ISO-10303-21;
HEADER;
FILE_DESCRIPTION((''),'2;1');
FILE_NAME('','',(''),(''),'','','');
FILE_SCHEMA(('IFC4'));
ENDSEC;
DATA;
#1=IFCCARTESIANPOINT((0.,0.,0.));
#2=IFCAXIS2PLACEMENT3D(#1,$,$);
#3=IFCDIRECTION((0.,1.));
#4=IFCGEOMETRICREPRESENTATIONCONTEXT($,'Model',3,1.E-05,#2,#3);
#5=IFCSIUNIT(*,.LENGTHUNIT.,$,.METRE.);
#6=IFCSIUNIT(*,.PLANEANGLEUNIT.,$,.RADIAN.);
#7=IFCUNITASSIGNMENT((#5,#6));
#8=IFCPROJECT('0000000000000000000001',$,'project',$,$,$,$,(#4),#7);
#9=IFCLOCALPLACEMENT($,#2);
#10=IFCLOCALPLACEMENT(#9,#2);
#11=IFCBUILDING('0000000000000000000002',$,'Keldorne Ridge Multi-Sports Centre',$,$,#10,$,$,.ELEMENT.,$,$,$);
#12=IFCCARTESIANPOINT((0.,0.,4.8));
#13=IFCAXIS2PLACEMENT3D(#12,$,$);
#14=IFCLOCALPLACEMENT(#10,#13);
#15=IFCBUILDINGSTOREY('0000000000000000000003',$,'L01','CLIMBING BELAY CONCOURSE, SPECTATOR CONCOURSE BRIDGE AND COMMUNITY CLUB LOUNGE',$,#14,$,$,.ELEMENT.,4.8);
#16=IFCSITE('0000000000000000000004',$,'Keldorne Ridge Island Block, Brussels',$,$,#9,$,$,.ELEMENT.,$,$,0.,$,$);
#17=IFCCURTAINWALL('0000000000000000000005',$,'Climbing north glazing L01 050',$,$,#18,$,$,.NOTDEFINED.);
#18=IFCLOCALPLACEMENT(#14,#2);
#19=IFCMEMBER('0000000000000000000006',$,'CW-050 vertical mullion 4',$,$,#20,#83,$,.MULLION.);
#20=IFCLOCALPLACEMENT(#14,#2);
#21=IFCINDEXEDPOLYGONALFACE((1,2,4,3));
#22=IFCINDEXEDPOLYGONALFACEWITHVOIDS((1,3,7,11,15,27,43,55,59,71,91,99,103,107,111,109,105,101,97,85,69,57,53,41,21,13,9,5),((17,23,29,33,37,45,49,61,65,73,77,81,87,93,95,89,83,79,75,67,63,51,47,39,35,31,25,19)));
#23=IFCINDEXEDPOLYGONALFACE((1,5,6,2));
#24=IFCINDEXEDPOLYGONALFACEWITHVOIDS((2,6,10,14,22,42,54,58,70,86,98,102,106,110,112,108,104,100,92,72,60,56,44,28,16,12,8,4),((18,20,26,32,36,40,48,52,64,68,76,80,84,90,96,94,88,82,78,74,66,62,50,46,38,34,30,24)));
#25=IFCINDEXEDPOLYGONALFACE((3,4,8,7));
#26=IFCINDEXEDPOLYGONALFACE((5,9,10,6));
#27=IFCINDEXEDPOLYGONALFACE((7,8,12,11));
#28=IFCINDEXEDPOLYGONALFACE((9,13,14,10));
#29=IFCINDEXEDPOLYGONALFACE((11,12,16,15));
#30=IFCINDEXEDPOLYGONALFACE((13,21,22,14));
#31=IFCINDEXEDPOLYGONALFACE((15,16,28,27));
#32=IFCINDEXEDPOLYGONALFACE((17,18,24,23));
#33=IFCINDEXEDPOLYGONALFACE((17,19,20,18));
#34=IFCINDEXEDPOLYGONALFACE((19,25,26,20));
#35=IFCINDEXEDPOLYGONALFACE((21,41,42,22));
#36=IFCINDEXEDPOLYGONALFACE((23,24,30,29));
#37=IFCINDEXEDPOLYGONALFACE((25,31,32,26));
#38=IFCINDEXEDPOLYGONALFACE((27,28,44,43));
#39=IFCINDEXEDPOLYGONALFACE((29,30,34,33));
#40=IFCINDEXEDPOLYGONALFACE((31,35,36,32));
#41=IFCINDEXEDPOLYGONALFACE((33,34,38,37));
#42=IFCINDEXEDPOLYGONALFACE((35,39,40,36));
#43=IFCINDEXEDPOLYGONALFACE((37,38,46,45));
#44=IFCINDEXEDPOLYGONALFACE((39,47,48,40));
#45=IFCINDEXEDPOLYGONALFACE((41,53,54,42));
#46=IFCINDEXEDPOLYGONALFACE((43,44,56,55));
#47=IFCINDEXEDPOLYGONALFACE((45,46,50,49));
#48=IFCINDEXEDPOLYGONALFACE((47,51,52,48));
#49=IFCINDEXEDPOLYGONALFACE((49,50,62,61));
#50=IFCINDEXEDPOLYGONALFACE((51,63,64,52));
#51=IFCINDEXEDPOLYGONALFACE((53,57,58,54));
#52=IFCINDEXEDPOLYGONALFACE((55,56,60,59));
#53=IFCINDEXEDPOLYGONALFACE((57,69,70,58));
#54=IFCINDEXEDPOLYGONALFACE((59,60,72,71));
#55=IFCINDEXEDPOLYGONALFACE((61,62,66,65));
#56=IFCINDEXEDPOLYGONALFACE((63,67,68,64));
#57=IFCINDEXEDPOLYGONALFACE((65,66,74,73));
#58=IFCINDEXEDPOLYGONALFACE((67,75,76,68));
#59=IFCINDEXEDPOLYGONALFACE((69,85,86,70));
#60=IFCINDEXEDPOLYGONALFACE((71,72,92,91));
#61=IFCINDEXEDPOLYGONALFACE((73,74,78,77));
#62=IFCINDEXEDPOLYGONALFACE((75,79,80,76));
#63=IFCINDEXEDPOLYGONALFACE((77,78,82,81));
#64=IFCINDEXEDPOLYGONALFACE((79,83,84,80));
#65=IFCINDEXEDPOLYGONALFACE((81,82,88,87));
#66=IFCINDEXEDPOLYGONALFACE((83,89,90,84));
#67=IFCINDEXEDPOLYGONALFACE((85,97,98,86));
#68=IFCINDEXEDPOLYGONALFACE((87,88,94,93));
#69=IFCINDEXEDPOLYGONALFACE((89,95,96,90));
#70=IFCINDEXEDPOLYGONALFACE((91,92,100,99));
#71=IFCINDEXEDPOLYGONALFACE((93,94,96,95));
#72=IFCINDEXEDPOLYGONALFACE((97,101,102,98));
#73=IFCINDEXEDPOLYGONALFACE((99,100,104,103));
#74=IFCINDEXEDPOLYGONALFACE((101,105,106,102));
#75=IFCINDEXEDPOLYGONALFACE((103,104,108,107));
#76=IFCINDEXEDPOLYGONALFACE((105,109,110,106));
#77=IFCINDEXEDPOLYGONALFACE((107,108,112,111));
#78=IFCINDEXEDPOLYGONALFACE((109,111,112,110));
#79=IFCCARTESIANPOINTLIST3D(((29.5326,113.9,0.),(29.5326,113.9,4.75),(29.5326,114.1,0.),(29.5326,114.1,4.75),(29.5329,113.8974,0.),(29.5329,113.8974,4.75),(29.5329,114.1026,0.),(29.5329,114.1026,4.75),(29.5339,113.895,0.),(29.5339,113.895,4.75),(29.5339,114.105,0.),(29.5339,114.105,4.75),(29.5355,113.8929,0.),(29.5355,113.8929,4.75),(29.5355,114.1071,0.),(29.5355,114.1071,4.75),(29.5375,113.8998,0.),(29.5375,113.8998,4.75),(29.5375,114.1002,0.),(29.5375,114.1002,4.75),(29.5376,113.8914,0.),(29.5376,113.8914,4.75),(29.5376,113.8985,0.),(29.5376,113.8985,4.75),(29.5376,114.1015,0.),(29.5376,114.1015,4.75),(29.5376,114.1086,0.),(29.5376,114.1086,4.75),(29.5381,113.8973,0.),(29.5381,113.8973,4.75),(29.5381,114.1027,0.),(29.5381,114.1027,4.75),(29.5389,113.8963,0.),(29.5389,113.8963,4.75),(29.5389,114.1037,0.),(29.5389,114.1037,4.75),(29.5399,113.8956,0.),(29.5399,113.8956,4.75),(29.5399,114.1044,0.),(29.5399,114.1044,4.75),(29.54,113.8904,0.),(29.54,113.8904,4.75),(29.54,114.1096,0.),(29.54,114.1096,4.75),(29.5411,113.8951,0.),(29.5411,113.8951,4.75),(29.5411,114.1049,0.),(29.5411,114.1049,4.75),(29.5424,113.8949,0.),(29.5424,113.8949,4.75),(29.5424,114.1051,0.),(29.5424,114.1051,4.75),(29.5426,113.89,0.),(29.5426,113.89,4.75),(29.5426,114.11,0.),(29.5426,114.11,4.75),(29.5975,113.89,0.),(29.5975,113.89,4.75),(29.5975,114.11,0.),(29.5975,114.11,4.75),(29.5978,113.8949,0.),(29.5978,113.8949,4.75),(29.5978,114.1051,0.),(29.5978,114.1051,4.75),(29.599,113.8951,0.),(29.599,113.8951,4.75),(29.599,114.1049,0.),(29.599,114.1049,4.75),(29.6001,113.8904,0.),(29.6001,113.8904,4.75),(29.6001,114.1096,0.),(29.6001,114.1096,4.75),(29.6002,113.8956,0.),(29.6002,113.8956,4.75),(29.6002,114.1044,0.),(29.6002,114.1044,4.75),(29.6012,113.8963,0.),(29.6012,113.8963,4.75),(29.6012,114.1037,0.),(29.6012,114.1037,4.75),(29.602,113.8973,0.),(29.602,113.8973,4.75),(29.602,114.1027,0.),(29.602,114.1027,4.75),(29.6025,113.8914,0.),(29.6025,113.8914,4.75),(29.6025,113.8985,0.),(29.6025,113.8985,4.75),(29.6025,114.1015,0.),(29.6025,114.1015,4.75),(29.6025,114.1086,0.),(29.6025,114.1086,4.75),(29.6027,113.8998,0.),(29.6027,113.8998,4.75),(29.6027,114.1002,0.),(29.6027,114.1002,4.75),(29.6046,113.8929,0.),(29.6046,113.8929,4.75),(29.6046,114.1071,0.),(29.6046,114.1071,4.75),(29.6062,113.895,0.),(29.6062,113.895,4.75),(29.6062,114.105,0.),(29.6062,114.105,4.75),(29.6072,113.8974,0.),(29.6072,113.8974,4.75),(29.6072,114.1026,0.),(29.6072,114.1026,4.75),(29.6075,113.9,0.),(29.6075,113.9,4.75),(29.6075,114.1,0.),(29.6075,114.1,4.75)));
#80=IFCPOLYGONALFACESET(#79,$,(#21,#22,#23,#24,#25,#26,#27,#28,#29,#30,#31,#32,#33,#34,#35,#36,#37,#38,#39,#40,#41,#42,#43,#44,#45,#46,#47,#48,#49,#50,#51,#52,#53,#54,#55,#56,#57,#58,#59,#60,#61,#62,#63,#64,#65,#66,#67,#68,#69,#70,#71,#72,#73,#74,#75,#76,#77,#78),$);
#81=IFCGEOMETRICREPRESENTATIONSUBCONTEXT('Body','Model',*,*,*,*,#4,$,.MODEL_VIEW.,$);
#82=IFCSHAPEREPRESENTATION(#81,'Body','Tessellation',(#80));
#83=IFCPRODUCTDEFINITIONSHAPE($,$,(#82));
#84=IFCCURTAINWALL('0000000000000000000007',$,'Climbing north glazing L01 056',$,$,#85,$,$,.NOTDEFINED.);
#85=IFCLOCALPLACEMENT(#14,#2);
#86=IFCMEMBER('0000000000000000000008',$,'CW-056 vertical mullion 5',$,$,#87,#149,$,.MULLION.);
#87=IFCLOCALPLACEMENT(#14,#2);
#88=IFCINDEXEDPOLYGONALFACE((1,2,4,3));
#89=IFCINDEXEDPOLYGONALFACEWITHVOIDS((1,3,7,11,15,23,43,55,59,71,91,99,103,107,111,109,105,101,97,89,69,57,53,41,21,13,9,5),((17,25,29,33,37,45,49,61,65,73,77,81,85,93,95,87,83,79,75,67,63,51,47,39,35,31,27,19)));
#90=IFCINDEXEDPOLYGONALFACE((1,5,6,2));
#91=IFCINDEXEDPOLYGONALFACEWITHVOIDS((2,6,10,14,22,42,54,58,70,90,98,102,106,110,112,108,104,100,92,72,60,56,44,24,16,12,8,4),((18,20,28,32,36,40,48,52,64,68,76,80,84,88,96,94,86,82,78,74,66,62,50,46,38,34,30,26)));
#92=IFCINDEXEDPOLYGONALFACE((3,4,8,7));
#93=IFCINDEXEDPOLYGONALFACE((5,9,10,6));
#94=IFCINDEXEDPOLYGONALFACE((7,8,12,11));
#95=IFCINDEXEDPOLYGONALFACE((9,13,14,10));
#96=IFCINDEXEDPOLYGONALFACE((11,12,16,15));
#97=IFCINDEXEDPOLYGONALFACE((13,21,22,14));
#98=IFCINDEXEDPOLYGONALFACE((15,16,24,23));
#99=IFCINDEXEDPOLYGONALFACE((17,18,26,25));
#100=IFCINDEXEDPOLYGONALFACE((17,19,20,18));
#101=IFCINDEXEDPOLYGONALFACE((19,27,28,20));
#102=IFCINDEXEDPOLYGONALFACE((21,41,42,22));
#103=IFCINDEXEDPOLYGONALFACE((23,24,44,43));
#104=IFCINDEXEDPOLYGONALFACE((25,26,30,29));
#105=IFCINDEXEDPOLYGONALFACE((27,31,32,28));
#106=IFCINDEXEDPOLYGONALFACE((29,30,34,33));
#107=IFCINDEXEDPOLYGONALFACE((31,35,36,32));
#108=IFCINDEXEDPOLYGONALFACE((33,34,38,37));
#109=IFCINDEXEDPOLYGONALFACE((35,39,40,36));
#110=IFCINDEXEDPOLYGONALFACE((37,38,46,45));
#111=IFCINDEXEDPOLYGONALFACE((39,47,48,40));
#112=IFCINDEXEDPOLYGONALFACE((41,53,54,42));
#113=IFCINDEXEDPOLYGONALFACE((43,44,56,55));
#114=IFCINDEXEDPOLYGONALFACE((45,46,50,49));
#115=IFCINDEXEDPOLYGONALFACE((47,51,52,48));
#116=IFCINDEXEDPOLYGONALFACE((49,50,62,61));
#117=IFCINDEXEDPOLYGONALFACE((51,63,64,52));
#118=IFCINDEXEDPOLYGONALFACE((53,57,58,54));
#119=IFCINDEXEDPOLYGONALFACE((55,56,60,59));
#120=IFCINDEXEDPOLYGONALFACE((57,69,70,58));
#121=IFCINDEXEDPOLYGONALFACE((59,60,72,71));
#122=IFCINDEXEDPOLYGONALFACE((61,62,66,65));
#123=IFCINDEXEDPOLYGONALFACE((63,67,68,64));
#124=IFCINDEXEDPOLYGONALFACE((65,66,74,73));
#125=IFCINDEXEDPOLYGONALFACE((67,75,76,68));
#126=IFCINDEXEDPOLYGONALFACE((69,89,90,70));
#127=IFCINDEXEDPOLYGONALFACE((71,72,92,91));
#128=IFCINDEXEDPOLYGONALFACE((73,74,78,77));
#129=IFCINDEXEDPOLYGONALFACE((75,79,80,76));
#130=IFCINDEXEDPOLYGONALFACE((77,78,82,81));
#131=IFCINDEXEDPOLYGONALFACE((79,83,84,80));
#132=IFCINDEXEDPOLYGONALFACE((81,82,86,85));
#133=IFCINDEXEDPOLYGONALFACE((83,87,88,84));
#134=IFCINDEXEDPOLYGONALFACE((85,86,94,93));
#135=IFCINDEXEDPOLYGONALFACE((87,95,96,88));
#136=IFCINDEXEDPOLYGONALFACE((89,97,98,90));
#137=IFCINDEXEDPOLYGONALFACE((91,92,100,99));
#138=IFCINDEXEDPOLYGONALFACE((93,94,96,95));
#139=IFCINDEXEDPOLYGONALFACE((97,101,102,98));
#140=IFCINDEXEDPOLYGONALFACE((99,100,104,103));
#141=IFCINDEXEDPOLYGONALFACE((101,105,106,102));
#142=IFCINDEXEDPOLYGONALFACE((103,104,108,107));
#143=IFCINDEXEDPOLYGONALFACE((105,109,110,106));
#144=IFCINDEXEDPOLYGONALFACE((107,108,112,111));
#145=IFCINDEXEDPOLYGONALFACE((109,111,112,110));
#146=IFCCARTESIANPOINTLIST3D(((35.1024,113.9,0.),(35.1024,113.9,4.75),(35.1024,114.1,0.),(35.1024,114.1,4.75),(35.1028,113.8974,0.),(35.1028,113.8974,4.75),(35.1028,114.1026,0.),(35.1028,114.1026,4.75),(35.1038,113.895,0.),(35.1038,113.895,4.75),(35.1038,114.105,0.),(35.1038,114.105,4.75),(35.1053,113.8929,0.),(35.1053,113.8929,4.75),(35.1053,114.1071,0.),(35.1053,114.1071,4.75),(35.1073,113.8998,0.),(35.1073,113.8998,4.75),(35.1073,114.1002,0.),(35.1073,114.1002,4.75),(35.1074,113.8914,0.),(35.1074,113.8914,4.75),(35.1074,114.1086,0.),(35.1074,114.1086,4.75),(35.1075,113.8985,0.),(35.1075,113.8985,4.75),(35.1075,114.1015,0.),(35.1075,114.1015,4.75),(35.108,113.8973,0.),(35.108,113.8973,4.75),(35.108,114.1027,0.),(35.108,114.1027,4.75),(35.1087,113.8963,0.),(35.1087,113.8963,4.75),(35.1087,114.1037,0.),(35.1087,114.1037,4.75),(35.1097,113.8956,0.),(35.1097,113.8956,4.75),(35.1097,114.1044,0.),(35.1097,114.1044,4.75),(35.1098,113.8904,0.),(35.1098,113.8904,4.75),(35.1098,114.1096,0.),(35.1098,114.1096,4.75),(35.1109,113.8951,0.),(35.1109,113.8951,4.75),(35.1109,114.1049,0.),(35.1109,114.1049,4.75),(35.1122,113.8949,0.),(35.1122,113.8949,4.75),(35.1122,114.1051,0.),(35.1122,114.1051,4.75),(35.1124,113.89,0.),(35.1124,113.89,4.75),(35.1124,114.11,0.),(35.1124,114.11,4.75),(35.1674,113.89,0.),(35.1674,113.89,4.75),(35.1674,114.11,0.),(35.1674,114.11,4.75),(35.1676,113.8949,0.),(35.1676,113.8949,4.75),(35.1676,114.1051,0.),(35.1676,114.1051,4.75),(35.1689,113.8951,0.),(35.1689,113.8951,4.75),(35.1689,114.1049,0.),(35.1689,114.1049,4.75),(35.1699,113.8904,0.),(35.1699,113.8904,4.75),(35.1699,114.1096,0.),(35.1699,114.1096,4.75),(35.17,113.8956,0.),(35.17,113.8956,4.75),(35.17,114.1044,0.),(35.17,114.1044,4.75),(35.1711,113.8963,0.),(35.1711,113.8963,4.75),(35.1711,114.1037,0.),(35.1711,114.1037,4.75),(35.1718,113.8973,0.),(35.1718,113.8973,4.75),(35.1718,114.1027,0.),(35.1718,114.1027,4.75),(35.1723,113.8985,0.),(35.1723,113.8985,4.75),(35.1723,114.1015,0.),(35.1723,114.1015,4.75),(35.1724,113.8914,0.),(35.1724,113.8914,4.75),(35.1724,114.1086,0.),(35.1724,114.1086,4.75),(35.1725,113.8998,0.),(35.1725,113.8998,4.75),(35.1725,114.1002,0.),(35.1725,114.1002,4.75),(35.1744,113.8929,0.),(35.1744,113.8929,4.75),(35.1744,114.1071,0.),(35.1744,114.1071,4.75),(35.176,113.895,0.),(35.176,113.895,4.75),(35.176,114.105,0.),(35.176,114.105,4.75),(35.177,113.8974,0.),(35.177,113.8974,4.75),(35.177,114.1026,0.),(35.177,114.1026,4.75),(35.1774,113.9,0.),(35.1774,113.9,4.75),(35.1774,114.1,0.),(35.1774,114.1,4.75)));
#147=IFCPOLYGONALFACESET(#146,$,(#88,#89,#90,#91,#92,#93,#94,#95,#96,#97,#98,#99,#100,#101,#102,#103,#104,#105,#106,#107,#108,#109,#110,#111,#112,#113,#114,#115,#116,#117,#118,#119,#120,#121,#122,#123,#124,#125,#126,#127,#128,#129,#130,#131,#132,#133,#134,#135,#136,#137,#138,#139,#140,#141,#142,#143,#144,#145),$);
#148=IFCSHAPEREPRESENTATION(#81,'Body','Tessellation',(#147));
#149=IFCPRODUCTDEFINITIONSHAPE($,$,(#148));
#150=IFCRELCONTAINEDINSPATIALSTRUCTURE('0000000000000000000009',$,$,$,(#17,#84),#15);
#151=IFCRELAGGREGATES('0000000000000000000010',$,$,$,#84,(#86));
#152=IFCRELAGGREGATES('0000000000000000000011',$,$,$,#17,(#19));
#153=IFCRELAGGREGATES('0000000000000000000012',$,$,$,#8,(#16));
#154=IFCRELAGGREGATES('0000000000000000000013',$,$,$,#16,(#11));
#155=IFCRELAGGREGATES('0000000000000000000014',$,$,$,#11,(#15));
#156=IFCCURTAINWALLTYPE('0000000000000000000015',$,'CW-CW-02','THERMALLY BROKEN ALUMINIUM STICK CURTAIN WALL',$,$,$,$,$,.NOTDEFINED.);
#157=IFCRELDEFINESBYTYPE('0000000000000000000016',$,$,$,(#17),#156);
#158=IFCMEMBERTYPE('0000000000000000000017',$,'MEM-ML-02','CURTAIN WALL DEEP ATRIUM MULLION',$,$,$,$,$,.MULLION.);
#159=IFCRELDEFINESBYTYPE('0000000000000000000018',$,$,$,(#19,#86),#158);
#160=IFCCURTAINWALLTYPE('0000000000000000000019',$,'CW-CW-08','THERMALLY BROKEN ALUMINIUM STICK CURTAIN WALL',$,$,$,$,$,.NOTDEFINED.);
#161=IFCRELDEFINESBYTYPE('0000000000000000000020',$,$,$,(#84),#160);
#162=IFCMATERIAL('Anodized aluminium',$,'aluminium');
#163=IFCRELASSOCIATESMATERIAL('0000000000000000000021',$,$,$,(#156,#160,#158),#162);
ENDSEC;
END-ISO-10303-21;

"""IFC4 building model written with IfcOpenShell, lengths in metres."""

from ifc_helpers import new_model, si_unit, direction, frame, origin, origin_2d, place, context, subcontext, project, spatial, hollow_rectangle, extrude, material, material_profile, profile_set, type_object, element, aggregate, save


model = new_model("IFC4")

# Units and contexts
model_context = context("Model", 3, precision=1e-05, world=origin(), true_north=direction((0.0, 1.0)))
body_context = subcontext(model_context, "Body", "Model", "MODEL_VIEW")
ifc_project = project(units=[si_unit("LENGTHUNIT", "METRE"), si_unit("PLANEANGLEUNIT", "RADIAN")], contexts=[model_context])

# Site, building, storey
site_placement = place(None, origin())
site = spatial("IfcSite", under=ifc_project, at=site_placement, Name="Keldorne Ridge Island Block, Brussels", CompositionType="ELEMENT", RefElevation=0.0)
building_placement = place(site_placement, origin())
building = spatial("IfcBuilding", under=site, at=building_placement, Name="Keldorne Ridge Multi-Sports Centre", CompositionType="ELEMENT")
storey_placement = place(building_placement, frame((0.0, 0.0, 4.8)))
storey = spatial("IfcBuildingStorey", under=building, at=storey_placement, Name="L01", Description="CLIMBING BELAY CONCOURSE, SPECTATOR CONCOURSE BRIDGE AND COMMUNITY CLUB LOUNGE", CompositionType="ELEMENT", Elevation=4.8)

# Curtain wall, member
ifc_material_1 = material(Name="Anodized aluminium", Category="aluminium")
curtain_wall_type_1 = type_object("IfcCurtainWallType", Name="CW-CW-02", Description="THERMALLY BROKEN ALUMINIUM STICK CURTAIN WALL", PredefinedType="NOTDEFINED", material=ifc_material_1)
curtain_wall_1_placement = place(storey_placement, origin())
curtain_wall_1 = element("IfcCurtainWall", 1, at=curtain_wall_1_placement, inside=storey, type_object=curtain_wall_type_1, Name="Climbing north glazing L01 050", PredefinedType="NOTDEFINED")
ifc_material_profile_1 = material_profile(ifc_material_1, hollow_rectangle(XDim=0.075, YDim=0.22, WallThickness=0.0049, InnerFilletRadius=0.0049, OuterFilletRadius=0.01, at=origin_2d()), Name="ALU MULLION 220x75x5")
ifc_profile_set_1 = profile_set([ifc_material_profile_1], Name="Anodized aluminium")
member_type_1 = type_object("IfcMemberType", Name="MEM-ML-02", Description="CURTAIN WALL DEEP ATRIUM MULLION", PredefinedType="MULLION", material=ifc_profile_set_1)
member_1_placement = place(storey_placement, frame((29.5701, 114.0, 0.0), z_axis=(0.0, 0.0, 1.0), x_axis=(1.0, 0.0, 0.0)))
member_1 = element("IfcMember", 2, at=member_1_placement, type_object=member_type_1, Name="CW-050 vertical mullion 4", PredefinedType="MULLION", context=body_context, shape_type="SweptSolid", body=[
    extrude(hollow_rectangle(XDim=0.075, YDim=0.22, WallThickness=0.0049, InnerFilletRadius=0.0049, OuterFilletRadius=0.01, at=origin_2d()), origin(), (0.0, 0.0, 1.0), 4.75),
])

# Curtain wall, member
curtain_wall_type_2 = type_object("IfcCurtainWallType", Name="CW-CW-08", Description="THERMALLY BROKEN ALUMINIUM STICK CURTAIN WALL", PredefinedType="NOTDEFINED", material=ifc_material_1)
curtain_wall_2_placement = place(storey_placement, origin())
curtain_wall_2 = element("IfcCurtainWall", 3, at=curtain_wall_2_placement, inside=storey, type_object=curtain_wall_type_2, Name="Climbing north glazing L01 056", PredefinedType="NOTDEFINED")
member_2_placement = place(storey_placement, frame((35.1399, 114.0, 0.0), z_axis=(0.0, 0.0, 1.0), x_axis=(1.0, 0.0, 0.0)))
member_2 = element("IfcMember", 4, at=member_2_placement, type_object=member_type_1, Name="CW-056 vertical mullion 5", PredefinedType="MULLION", context=body_context, shape_type="SweptSolid", body=[
    extrude(hollow_rectangle(XDim=0.075, YDim=0.22, WallThickness=0.0049, InnerFilletRadius=0.0049, OuterFilletRadius=0.01, at=origin_2d()), origin(), (0.0, 0.0, 1.0), 4.75),
])
aggregate(curtain_wall_2, [member_2])

aggregate(curtain_wall_1, [member_1])

save(model, "model.ifc")
